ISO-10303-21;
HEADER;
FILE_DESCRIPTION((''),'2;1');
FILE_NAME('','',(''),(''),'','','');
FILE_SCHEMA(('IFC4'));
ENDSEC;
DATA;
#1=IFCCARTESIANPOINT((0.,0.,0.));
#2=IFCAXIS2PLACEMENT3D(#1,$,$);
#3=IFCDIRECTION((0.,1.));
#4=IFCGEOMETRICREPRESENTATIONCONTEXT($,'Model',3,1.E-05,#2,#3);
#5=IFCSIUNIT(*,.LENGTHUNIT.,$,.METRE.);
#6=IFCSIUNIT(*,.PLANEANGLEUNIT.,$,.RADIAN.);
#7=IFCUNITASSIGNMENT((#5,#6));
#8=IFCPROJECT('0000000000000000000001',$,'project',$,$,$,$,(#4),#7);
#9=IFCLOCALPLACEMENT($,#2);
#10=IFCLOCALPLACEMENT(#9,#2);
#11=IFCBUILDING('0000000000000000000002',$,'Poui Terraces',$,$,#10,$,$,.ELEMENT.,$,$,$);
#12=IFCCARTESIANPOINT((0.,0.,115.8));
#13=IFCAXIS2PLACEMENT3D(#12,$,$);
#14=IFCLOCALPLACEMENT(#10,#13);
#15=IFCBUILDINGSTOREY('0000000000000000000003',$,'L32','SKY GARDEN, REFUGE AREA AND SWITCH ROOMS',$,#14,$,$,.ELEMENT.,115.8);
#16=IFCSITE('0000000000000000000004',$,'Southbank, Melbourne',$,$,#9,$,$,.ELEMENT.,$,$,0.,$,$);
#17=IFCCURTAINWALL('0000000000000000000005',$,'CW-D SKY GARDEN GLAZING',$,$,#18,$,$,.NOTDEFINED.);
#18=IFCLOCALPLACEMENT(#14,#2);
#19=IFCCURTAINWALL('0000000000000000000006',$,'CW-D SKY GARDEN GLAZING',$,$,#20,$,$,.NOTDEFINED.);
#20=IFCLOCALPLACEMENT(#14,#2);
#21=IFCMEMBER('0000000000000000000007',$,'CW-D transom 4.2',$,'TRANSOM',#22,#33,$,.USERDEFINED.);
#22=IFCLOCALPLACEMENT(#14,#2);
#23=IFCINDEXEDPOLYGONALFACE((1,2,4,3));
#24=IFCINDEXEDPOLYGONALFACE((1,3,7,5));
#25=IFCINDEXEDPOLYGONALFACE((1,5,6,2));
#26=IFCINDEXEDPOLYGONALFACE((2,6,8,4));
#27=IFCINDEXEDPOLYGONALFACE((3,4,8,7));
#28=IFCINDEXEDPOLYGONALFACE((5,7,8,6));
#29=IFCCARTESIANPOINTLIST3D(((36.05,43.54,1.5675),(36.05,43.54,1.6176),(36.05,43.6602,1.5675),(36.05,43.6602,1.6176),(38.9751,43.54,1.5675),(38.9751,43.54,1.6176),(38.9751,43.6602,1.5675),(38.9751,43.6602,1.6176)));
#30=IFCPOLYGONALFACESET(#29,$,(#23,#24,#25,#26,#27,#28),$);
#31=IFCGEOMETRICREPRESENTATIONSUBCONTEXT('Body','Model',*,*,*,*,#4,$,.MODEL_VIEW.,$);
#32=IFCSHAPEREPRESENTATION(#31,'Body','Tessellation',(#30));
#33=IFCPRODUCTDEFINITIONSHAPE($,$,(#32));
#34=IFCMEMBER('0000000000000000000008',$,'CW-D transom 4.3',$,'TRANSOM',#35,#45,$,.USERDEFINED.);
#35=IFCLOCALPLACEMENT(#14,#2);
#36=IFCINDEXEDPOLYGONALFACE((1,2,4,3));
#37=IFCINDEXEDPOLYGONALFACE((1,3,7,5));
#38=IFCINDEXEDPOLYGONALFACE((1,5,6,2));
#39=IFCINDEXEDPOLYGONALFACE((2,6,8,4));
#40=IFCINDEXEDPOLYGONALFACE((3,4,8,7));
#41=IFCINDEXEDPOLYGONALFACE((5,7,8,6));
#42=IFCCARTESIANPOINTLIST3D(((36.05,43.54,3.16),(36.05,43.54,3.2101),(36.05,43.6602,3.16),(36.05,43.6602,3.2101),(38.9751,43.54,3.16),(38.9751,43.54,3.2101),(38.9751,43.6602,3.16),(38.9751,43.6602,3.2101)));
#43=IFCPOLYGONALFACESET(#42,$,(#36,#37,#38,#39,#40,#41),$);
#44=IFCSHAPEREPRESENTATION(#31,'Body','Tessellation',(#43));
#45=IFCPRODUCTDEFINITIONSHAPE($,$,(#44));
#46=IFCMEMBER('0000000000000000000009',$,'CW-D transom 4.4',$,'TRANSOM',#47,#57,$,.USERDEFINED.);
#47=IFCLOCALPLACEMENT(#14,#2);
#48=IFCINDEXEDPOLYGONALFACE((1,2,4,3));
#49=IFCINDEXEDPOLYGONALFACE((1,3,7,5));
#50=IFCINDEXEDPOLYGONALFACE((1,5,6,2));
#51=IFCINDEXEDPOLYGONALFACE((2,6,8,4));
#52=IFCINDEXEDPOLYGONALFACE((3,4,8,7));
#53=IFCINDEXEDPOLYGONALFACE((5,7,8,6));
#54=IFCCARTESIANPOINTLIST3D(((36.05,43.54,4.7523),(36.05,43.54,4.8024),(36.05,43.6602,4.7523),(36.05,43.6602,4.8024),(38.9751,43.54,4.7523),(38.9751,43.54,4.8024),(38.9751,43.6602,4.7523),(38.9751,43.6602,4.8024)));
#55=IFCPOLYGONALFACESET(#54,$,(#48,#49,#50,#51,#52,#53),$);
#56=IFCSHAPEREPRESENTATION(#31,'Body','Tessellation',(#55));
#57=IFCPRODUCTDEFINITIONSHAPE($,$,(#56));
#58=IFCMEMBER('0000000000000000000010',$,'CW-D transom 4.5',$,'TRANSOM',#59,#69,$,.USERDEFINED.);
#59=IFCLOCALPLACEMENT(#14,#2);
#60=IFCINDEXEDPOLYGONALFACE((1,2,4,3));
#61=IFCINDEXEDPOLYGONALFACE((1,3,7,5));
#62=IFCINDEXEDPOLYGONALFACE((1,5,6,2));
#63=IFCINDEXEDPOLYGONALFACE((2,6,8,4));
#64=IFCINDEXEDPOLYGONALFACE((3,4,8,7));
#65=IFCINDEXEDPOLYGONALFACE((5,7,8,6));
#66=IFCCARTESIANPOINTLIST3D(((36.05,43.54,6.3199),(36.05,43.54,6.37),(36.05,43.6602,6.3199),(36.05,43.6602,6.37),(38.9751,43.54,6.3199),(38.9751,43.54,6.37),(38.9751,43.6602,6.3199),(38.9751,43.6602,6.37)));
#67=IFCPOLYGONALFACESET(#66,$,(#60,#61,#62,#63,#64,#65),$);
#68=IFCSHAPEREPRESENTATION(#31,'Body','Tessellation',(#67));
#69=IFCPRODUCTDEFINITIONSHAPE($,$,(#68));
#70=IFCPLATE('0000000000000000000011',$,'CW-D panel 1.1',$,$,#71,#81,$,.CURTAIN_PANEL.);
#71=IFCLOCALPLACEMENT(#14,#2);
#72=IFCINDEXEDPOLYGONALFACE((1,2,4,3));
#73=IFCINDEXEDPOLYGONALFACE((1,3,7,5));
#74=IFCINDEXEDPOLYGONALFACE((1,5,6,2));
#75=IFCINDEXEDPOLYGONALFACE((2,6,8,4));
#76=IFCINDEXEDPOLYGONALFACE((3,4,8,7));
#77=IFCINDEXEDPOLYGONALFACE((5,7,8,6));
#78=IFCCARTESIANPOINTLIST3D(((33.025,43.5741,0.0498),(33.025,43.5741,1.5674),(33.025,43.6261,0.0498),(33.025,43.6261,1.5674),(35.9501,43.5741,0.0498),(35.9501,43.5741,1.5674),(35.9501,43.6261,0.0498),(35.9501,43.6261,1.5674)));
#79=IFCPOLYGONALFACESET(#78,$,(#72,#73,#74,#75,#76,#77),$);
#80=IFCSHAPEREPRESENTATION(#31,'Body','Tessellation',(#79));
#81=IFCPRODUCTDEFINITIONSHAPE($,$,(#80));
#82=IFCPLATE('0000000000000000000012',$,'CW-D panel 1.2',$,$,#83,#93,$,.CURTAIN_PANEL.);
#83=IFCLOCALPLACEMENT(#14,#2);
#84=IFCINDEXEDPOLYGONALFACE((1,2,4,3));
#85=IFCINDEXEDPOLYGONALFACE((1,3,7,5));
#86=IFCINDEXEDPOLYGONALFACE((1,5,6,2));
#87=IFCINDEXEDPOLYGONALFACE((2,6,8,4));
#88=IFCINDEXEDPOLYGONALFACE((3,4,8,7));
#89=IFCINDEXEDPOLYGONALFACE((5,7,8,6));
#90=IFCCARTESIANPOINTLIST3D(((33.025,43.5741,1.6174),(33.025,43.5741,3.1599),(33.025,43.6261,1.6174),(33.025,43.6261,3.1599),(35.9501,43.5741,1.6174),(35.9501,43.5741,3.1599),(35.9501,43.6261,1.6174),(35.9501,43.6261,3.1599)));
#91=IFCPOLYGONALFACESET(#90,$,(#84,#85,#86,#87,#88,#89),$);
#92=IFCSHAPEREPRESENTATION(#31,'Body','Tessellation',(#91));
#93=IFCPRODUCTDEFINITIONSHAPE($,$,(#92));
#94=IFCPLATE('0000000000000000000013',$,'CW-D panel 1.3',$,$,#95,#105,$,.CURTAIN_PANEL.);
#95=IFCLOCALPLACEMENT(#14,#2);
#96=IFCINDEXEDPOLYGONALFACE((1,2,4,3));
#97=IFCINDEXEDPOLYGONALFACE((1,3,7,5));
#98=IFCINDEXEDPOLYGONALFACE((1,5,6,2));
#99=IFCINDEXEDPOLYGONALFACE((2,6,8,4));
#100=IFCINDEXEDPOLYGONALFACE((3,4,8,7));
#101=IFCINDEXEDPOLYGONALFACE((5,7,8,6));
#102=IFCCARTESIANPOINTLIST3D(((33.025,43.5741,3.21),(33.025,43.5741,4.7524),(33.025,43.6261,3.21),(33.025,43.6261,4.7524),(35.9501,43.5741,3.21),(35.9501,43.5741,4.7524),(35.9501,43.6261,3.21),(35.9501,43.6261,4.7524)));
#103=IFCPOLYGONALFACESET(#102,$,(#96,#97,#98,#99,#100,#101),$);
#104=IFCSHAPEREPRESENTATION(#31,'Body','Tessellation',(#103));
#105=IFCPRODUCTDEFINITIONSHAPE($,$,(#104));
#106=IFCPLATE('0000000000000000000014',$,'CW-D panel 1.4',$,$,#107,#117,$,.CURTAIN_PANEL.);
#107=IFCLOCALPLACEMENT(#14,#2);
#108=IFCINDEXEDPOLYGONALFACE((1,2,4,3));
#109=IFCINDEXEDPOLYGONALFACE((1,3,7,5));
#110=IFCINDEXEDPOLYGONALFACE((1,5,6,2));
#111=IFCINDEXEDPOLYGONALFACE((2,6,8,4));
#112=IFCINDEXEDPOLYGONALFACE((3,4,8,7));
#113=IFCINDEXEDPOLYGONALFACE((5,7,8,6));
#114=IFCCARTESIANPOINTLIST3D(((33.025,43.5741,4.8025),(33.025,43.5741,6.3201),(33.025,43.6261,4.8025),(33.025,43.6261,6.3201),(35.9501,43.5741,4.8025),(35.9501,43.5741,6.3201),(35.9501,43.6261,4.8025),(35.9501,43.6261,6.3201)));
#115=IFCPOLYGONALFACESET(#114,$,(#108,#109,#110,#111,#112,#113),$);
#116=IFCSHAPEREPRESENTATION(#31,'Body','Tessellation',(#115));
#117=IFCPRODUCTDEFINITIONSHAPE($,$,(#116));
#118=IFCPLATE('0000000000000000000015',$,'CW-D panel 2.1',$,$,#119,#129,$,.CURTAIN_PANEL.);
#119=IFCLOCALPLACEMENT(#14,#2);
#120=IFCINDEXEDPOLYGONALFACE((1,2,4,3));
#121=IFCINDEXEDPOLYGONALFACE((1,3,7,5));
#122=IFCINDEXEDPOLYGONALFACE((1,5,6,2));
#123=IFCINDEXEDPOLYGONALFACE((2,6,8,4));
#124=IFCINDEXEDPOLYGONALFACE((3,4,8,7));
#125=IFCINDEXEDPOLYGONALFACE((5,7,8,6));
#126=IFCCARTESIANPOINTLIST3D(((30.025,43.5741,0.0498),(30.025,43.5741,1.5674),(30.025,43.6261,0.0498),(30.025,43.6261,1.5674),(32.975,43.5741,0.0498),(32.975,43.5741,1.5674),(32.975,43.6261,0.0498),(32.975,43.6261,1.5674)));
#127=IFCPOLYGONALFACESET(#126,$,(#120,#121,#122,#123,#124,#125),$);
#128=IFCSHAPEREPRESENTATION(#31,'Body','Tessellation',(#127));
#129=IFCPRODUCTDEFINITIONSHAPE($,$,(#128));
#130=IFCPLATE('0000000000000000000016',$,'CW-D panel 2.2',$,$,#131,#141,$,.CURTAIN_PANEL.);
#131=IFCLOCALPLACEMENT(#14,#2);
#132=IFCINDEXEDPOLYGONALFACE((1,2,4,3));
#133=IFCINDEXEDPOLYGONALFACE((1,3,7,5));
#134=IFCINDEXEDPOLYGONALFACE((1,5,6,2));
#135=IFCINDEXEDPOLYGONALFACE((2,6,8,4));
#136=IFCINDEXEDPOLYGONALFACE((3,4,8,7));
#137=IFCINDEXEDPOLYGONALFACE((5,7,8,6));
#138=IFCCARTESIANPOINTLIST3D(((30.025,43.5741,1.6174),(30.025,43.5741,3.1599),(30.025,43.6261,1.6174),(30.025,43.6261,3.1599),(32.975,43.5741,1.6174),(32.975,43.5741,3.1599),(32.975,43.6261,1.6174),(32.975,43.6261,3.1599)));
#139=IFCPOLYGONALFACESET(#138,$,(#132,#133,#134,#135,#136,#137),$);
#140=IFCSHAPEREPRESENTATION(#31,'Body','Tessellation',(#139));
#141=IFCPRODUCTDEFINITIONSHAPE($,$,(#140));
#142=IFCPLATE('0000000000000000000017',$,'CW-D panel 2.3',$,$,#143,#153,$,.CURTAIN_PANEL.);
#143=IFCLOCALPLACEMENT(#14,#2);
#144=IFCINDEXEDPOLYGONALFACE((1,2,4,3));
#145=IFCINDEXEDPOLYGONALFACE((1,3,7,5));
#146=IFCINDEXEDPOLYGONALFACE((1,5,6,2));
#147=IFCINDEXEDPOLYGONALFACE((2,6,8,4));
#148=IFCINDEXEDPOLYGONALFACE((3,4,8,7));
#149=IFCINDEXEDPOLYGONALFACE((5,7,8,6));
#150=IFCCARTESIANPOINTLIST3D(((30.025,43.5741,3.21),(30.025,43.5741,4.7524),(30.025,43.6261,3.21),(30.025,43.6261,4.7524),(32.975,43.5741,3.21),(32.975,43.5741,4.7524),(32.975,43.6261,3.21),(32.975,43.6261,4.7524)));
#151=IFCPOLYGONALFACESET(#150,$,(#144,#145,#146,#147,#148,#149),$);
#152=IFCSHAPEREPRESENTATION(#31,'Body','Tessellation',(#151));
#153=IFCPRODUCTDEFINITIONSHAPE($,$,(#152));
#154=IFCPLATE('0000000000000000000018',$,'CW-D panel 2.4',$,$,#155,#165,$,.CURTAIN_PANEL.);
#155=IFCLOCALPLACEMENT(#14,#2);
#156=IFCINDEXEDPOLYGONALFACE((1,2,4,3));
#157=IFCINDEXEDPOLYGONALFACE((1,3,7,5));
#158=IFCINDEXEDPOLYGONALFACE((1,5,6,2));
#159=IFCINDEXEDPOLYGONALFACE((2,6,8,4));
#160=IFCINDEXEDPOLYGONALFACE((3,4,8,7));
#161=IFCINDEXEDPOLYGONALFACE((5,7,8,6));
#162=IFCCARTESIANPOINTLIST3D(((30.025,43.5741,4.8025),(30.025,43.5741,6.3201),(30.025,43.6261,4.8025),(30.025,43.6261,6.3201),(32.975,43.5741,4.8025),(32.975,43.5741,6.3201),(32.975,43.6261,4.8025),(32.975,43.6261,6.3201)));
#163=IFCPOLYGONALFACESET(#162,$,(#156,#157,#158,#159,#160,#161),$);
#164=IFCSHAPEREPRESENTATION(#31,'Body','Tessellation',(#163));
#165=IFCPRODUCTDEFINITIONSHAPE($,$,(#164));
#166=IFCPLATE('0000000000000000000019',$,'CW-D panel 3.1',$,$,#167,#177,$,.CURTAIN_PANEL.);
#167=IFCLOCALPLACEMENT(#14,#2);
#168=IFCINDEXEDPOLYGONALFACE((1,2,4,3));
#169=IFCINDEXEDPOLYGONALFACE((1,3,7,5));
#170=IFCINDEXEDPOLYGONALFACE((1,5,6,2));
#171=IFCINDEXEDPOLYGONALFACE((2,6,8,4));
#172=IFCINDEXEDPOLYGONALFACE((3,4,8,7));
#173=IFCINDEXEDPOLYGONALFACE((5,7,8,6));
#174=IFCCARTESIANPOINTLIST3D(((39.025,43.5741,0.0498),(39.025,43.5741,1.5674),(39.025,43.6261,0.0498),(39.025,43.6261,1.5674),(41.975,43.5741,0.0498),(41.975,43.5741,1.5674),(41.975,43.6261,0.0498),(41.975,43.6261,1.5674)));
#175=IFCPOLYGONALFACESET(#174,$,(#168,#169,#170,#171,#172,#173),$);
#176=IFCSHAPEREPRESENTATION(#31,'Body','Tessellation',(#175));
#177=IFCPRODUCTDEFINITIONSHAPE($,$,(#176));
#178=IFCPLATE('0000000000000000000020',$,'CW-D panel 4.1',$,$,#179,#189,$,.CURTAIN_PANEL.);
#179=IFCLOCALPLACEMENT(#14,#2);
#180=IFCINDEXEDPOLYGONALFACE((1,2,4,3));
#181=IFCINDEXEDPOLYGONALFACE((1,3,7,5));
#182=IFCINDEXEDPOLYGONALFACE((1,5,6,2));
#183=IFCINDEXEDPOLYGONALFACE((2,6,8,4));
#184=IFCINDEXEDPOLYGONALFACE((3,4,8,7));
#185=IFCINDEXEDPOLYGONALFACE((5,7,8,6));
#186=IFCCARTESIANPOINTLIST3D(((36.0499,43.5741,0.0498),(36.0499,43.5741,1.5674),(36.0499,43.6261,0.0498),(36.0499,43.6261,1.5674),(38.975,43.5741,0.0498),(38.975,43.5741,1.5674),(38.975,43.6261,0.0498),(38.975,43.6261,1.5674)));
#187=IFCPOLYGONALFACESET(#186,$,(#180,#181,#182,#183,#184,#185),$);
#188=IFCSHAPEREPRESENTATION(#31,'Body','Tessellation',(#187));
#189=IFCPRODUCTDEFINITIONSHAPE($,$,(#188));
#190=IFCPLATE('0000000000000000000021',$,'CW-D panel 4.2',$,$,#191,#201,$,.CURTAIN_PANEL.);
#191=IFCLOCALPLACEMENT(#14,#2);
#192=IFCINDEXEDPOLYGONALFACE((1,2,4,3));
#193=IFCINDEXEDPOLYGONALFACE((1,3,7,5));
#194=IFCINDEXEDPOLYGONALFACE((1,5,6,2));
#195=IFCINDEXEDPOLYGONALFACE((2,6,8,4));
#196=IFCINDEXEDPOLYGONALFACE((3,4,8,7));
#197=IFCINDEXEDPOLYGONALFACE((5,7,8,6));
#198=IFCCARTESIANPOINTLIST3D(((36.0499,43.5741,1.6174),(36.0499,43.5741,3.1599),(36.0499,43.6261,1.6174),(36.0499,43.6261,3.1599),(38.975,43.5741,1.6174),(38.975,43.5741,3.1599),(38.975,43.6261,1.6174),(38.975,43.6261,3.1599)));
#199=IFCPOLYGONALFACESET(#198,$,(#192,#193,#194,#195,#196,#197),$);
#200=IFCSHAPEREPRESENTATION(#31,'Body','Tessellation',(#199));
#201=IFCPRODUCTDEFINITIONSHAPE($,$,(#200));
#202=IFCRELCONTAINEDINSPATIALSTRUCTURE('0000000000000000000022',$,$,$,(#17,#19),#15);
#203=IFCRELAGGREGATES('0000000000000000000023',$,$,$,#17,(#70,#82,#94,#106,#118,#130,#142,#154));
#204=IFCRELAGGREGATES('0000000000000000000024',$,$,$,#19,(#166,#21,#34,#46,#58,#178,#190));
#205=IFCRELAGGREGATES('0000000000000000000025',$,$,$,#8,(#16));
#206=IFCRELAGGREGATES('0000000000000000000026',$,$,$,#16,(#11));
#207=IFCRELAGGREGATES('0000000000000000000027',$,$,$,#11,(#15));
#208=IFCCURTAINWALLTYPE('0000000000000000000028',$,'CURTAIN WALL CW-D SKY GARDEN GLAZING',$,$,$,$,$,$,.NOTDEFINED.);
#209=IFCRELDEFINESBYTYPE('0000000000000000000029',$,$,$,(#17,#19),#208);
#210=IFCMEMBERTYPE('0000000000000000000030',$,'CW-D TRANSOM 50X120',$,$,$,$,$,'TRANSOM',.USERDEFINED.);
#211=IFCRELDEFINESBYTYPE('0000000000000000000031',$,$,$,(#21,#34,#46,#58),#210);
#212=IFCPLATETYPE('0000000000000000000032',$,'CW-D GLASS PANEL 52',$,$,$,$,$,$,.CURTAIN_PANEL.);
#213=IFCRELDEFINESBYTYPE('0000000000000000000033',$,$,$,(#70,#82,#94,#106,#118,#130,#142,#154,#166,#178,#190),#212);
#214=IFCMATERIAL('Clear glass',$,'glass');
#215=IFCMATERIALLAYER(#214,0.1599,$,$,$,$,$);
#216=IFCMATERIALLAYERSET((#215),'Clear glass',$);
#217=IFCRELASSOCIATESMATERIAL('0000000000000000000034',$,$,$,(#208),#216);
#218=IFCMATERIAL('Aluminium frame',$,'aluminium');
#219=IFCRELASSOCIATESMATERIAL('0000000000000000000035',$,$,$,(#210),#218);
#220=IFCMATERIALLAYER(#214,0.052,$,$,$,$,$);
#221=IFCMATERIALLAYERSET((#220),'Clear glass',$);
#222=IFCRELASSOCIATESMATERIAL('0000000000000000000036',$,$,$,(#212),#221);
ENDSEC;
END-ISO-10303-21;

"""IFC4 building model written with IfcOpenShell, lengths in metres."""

from ifc_helpers import new_model, si_unit, direction, frame, origin, origin_2d, place, context, subcontext, project, spatial, rectangle, extrude, material, layer, layer_set, material_profile, profile_set, type_object, element, aggregate, save


model = new_model("IFC4")

# Units and contexts
model_context = context("Model", 3, precision=1e-05, world=origin(), true_north=direction((0.0, 1.0)))
body_context = subcontext(model_context, "Body", "Model", "MODEL_VIEW")
ifc_project = project(units=[si_unit("LENGTHUNIT", "METRE"), si_unit("PLANEANGLEUNIT", "RADIAN")], contexts=[model_context])

# Site, building, storey
site_placement = place(None, origin())
site = spatial("IfcSite", under=ifc_project, at=site_placement, Name="Southbank, Melbourne", CompositionType="ELEMENT", RefElevation=0.0)
building_placement = place(site_placement, origin())
building = spatial("IfcBuilding", under=site, at=building_placement, Name="Poui Terraces", CompositionType="ELEMENT")
storey_placement = place(building_placement, frame((0.0, 0.0, 115.8)))
storey = spatial("IfcBuildingStorey", under=building, at=storey_placement, Name="L32", Description="SKY GARDEN, REFUGE AREA AND SWITCH ROOMS", CompositionType="ELEMENT", Elevation=115.8)

# Curtain walls
ifc_material_1 = material(Name="Clear glass", Category="glass")
ifc_layer_1 = layer(ifc_material_1, 0.1599)
ifc_layer_set_1 = layer_set([ifc_layer_1], Name="Clear glass")
curtain_wall_type = type_object("IfcCurtainWallType", Name="CURTAIN WALL CW-D SKY GARDEN GLAZING", PredefinedType="NOTDEFINED", material=ifc_layer_set_1)
curtain_wall_1_placement = place(storey_placement, origin())
curtain_wall_1 = element("IfcCurtainWall", 1, at=curtain_wall_1_placement, inside=storey, type_object=curtain_wall_type, Name="CW-D SKY GARDEN GLAZING", PredefinedType="NOTDEFINED")
ifc_material_2 = material(Name="Aluminium frame", Category="aluminium")
curtain_wall_2_placement = place(storey_placement, origin())
curtain_wall_2 = element("IfcCurtainWall", 2, at=curtain_wall_2_placement, inside=storey, type_object=curtain_wall_type, Name="CW-D SKY GARDEN GLAZING", PredefinedType="NOTDEFINED")

# Members
ifc_material_profile_1 = material_profile(ifc_material_2, rectangle(XDim=0.1201, YDim=0.05, at=origin_2d()), Name="CW-D TRANSOM 50X120")
ifc_profile_set_1 = profile_set([ifc_material_profile_1], Name="Aluminium frame")
member_type_1 = type_object("IfcMemberType", Name="CW-D TRANSOM 50X120", ElementType="TRANSOM", PredefinedType="USERDEFINED", material=ifc_profile_set_1)
member_1_placement = place(storey_placement, frame((38.9751, 43.6001, 1.5925), z_axis=(-1.0, 0.0, 0.0), x_axis=(0.0, -1.0, 0.0)))
member_1 = element("IfcMember", 3, at=member_1_placement, type_object=member_type_1, Name="CW-D transom 4.2", ObjectType="TRANSOM", PredefinedType="USERDEFINED", context=body_context, shape_type="SweptSolid", body=[
    extrude(rectangle(XDim=0.1201, YDim=0.05, at=origin_2d()), origin(), (0.0, 0.0, 1.0), 2.925),
])
member_2_placement = place(storey_placement, frame((38.9751, 43.6001, 3.1851), z_axis=(-1.0, 0.0, 0.0), x_axis=(0.0, -1.0, 0.0)))
member_2 = element("IfcMember", 4, at=member_2_placement, type_object=member_type_1, Name="CW-D transom 4.3", ObjectType="TRANSOM", PredefinedType="USERDEFINED", context=body_context, shape_type="SweptSolid", body=[
    extrude(rectangle(XDim=0.1201, YDim=0.05, at=origin_2d()), origin(), (0.0, 0.0, 1.0), 2.925),
])
member_3_placement = place(storey_placement, frame((38.9751, 43.6001, 4.7773), z_axis=(-1.0, 0.0, 0.0), x_axis=(0.0, -1.0, 0.0)))
member_3 = element("IfcMember", 5, at=member_3_placement, type_object=member_type_1, Name="CW-D transom 4.4", ObjectType="TRANSOM", PredefinedType="USERDEFINED", context=body_context, shape_type="SweptSolid", body=[
    extrude(rectangle(XDim=0.1201, YDim=0.05, at=origin_2d()), origin(), (0.0, 0.0, 1.0), 2.925),
])
member_4_placement = place(storey_placement, frame((38.9751, 43.6001, 6.345), z_axis=(-1.0, 0.0, 0.0), x_axis=(0.0, -1.0, 0.0)))
member_4 = element("IfcMember", 6, at=member_4_placement, type_object=member_type_1, Name="CW-D transom 4.5", ObjectType="TRANSOM", PredefinedType="USERDEFINED", context=body_context, shape_type="SweptSolid", body=[
    extrude(rectangle(XDim=0.1201, YDim=0.05, at=origin_2d()), origin(), (0.0, 0.0, 1.0), 2.925),
])

# Plates
ifc_layer_2 = layer(ifc_material_1, 0.052)
ifc_layer_set_2 = layer_set([ifc_layer_2], Name="Clear glass")
plate_type = type_object("IfcPlateType", Name="CW-D GLASS PANEL 52", PredefinedType="CURTAIN_PANEL", material=ifc_layer_set_2)
plate_1_placement = place(storey_placement, frame((34.4875, 43.6001, 0.0498), z_axis=(0.0, 0.0, 1.0), x_axis=(-1.0, 0.0, 0.0)))
plate_1 = element("IfcPlate", 7, at=plate_1_placement, type_object=plate_type, Name="CW-D panel 1.1", PredefinedType="CURTAIN_PANEL", context=body_context, shape_type="SweptSolid", body=[
    extrude(rectangle(XDim=2.925, YDim=0.052, at=origin_2d()), origin(), (0.0, 0.0, 1.0), 1.5176),
])
plate_2_placement = place(storey_placement, frame((34.4875, 43.6001, 1.6174), z_axis=(0.0, 0.0, 1.0), x_axis=(-1.0, 0.0, 0.0)))
plate_2 = element("IfcPlate", 8, at=plate_2_placement, type_object=plate_type, Name="CW-D panel 1.2", PredefinedType="CURTAIN_PANEL", context=body_context, shape_type="SweptSolid", body=[
    extrude(rectangle(XDim=2.925, YDim=0.052, at=origin_2d()), origin(), (0.0, 0.0, 1.0), 1.5425),
])
plate_3_placement = place(storey_placement, frame((34.4875, 43.6001, 3.21), z_axis=(0.0, 0.0, 1.0), x_axis=(-1.0, 0.0, 0.0)))
plate_3 = element("IfcPlate", 9, at=plate_3_placement, type_object=plate_type, Name="CW-D panel 1.3", PredefinedType="CURTAIN_PANEL", context=body_context, shape_type="SweptSolid", body=[
    extrude(rectangle(XDim=2.925, YDim=0.052, at=origin_2d()), origin(), (0.0, 0.0, 1.0), 1.5425),
])
plate_4_placement = place(storey_placement, frame((34.4875, 43.6001, 4.8025), z_axis=(0.0, 0.0, 1.0), x_axis=(-1.0, 0.0, 0.0)))
plate_4 = element("IfcPlate", 10, at=plate_4_placement, type_object=plate_type, Name="CW-D panel 1.4", PredefinedType="CURTAIN_PANEL", context=body_context, shape_type="SweptSolid", body=[
    extrude(rectangle(XDim=2.925, YDim=0.052, at=origin_2d()), origin(), (0.0, 0.0, 1.0), 1.5176),
])
plate_5_placement = place(storey_placement, frame((31.5, 43.6001, 0.0498), z_axis=(0.0, 0.0, 1.0), x_axis=(-1.0, 0.0, 0.0)))
plate_5 = element("IfcPlate", 11, at=plate_5_placement, type_object=plate_type, Name="CW-D panel 2.1", PredefinedType="CURTAIN_PANEL", context=body_context, shape_type="SweptSolid", body=[
    extrude(rectangle(XDim=2.95, YDim=0.052, at=origin_2d()), origin(), (0.0, 0.0, 1.0), 1.5176),
])
plate_6_placement = place(storey_placement, frame((31.5, 43.6001, 1.6174), z_axis=(0.0, 0.0, 1.0), x_axis=(-1.0, 0.0, 0.0)))
plate_6 = element("IfcPlate", 12, at=plate_6_placement, type_object=plate_type, Name="CW-D panel 2.2", PredefinedType="CURTAIN_PANEL", context=body_context, shape_type="SweptSolid", body=[
    extrude(rectangle(XDim=2.95, YDim=0.052, at=origin_2d()), origin(), (0.0, 0.0, 1.0), 1.5425),
])
plate_7_placement = place(storey_placement, frame((31.5, 43.6001, 3.21), z_axis=(0.0, 0.0, 1.0), x_axis=(-1.0, 0.0, 0.0)))
plate_7 = element("IfcPlate", 13, at=plate_7_placement, type_object=plate_type, Name="CW-D panel 2.3", PredefinedType="CURTAIN_PANEL", context=body_context, shape_type="SweptSolid", body=[
    extrude(rectangle(XDim=2.95, YDim=0.052, at=origin_2d()), origin(), (0.0, 0.0, 1.0), 1.5425),
])
plate_8_placement = place(storey_placement, frame((31.5, 43.6001, 4.8025), z_axis=(0.0, 0.0, 1.0), x_axis=(-1.0, 0.0, 0.0)))
plate_8 = element("IfcPlate", 14, at=plate_8_placement, type_object=plate_type, Name="CW-D panel 2.4", PredefinedType="CURTAIN_PANEL", context=body_context, shape_type="SweptSolid", body=[
    extrude(rectangle(XDim=2.95, YDim=0.052, at=origin_2d()), origin(), (0.0, 0.0, 1.0), 1.5176),
])
aggregate(curtain_wall_1, [plate_1, plate_2, plate_3, plate_4, plate_5, plate_6, plate_7, plate_8])
plate_9_placement = place(storey_placement, frame((40.5, 43.6001, 0.0498), z_axis=(0.0, 0.0, 1.0), x_axis=(-1.0, 0.0, 0.0)))
plate_9 = element("IfcPlate", 15, at=plate_9_placement, type_object=plate_type, Name="CW-D panel 3.1", PredefinedType="CURTAIN_PANEL", context=body_context, shape_type="SweptSolid", body=[
    extrude(rectangle(XDim=2.95, YDim=0.052, at=origin_2d()), origin(), (0.0, 0.0, 1.0), 1.5176),
])
plate_10_placement = place(storey_placement, frame((37.5125, 43.6001, 0.0498), z_axis=(0.0, 0.0, 1.0), x_axis=(-1.0, 0.0, 0.0)))
plate_10 = element("IfcPlate", 16, at=plate_10_placement, type_object=plate_type, Name="CW-D panel 4.1", PredefinedType="CURTAIN_PANEL", context=body_context, shape_type="SweptSolid", body=[
    extrude(rectangle(XDim=2.925, YDim=0.052, at=origin_2d()), origin(), (0.0, 0.0, 1.0), 1.5176),
])
plate_11_placement = place(storey_placement, frame((37.5125, 43.6001, 1.6174), z_axis=(0.0, 0.0, 1.0), x_axis=(-1.0, 0.0, 0.0)))
plate_11 = element("IfcPlate", 17, at=plate_11_placement, type_object=plate_type, Name="CW-D panel 4.2", PredefinedType="CURTAIN_PANEL", context=body_context, shape_type="SweptSolid", body=[
    extrude(rectangle(XDim=2.925, YDim=0.052, at=origin_2d()), origin(), (0.0, 0.0, 1.0), 1.5425),
])
aggregate(curtain_wall_2, [plate_9, member_1, member_2, member_3, member_4, plate_10, plate_11])

save(model, "model.ifc")
